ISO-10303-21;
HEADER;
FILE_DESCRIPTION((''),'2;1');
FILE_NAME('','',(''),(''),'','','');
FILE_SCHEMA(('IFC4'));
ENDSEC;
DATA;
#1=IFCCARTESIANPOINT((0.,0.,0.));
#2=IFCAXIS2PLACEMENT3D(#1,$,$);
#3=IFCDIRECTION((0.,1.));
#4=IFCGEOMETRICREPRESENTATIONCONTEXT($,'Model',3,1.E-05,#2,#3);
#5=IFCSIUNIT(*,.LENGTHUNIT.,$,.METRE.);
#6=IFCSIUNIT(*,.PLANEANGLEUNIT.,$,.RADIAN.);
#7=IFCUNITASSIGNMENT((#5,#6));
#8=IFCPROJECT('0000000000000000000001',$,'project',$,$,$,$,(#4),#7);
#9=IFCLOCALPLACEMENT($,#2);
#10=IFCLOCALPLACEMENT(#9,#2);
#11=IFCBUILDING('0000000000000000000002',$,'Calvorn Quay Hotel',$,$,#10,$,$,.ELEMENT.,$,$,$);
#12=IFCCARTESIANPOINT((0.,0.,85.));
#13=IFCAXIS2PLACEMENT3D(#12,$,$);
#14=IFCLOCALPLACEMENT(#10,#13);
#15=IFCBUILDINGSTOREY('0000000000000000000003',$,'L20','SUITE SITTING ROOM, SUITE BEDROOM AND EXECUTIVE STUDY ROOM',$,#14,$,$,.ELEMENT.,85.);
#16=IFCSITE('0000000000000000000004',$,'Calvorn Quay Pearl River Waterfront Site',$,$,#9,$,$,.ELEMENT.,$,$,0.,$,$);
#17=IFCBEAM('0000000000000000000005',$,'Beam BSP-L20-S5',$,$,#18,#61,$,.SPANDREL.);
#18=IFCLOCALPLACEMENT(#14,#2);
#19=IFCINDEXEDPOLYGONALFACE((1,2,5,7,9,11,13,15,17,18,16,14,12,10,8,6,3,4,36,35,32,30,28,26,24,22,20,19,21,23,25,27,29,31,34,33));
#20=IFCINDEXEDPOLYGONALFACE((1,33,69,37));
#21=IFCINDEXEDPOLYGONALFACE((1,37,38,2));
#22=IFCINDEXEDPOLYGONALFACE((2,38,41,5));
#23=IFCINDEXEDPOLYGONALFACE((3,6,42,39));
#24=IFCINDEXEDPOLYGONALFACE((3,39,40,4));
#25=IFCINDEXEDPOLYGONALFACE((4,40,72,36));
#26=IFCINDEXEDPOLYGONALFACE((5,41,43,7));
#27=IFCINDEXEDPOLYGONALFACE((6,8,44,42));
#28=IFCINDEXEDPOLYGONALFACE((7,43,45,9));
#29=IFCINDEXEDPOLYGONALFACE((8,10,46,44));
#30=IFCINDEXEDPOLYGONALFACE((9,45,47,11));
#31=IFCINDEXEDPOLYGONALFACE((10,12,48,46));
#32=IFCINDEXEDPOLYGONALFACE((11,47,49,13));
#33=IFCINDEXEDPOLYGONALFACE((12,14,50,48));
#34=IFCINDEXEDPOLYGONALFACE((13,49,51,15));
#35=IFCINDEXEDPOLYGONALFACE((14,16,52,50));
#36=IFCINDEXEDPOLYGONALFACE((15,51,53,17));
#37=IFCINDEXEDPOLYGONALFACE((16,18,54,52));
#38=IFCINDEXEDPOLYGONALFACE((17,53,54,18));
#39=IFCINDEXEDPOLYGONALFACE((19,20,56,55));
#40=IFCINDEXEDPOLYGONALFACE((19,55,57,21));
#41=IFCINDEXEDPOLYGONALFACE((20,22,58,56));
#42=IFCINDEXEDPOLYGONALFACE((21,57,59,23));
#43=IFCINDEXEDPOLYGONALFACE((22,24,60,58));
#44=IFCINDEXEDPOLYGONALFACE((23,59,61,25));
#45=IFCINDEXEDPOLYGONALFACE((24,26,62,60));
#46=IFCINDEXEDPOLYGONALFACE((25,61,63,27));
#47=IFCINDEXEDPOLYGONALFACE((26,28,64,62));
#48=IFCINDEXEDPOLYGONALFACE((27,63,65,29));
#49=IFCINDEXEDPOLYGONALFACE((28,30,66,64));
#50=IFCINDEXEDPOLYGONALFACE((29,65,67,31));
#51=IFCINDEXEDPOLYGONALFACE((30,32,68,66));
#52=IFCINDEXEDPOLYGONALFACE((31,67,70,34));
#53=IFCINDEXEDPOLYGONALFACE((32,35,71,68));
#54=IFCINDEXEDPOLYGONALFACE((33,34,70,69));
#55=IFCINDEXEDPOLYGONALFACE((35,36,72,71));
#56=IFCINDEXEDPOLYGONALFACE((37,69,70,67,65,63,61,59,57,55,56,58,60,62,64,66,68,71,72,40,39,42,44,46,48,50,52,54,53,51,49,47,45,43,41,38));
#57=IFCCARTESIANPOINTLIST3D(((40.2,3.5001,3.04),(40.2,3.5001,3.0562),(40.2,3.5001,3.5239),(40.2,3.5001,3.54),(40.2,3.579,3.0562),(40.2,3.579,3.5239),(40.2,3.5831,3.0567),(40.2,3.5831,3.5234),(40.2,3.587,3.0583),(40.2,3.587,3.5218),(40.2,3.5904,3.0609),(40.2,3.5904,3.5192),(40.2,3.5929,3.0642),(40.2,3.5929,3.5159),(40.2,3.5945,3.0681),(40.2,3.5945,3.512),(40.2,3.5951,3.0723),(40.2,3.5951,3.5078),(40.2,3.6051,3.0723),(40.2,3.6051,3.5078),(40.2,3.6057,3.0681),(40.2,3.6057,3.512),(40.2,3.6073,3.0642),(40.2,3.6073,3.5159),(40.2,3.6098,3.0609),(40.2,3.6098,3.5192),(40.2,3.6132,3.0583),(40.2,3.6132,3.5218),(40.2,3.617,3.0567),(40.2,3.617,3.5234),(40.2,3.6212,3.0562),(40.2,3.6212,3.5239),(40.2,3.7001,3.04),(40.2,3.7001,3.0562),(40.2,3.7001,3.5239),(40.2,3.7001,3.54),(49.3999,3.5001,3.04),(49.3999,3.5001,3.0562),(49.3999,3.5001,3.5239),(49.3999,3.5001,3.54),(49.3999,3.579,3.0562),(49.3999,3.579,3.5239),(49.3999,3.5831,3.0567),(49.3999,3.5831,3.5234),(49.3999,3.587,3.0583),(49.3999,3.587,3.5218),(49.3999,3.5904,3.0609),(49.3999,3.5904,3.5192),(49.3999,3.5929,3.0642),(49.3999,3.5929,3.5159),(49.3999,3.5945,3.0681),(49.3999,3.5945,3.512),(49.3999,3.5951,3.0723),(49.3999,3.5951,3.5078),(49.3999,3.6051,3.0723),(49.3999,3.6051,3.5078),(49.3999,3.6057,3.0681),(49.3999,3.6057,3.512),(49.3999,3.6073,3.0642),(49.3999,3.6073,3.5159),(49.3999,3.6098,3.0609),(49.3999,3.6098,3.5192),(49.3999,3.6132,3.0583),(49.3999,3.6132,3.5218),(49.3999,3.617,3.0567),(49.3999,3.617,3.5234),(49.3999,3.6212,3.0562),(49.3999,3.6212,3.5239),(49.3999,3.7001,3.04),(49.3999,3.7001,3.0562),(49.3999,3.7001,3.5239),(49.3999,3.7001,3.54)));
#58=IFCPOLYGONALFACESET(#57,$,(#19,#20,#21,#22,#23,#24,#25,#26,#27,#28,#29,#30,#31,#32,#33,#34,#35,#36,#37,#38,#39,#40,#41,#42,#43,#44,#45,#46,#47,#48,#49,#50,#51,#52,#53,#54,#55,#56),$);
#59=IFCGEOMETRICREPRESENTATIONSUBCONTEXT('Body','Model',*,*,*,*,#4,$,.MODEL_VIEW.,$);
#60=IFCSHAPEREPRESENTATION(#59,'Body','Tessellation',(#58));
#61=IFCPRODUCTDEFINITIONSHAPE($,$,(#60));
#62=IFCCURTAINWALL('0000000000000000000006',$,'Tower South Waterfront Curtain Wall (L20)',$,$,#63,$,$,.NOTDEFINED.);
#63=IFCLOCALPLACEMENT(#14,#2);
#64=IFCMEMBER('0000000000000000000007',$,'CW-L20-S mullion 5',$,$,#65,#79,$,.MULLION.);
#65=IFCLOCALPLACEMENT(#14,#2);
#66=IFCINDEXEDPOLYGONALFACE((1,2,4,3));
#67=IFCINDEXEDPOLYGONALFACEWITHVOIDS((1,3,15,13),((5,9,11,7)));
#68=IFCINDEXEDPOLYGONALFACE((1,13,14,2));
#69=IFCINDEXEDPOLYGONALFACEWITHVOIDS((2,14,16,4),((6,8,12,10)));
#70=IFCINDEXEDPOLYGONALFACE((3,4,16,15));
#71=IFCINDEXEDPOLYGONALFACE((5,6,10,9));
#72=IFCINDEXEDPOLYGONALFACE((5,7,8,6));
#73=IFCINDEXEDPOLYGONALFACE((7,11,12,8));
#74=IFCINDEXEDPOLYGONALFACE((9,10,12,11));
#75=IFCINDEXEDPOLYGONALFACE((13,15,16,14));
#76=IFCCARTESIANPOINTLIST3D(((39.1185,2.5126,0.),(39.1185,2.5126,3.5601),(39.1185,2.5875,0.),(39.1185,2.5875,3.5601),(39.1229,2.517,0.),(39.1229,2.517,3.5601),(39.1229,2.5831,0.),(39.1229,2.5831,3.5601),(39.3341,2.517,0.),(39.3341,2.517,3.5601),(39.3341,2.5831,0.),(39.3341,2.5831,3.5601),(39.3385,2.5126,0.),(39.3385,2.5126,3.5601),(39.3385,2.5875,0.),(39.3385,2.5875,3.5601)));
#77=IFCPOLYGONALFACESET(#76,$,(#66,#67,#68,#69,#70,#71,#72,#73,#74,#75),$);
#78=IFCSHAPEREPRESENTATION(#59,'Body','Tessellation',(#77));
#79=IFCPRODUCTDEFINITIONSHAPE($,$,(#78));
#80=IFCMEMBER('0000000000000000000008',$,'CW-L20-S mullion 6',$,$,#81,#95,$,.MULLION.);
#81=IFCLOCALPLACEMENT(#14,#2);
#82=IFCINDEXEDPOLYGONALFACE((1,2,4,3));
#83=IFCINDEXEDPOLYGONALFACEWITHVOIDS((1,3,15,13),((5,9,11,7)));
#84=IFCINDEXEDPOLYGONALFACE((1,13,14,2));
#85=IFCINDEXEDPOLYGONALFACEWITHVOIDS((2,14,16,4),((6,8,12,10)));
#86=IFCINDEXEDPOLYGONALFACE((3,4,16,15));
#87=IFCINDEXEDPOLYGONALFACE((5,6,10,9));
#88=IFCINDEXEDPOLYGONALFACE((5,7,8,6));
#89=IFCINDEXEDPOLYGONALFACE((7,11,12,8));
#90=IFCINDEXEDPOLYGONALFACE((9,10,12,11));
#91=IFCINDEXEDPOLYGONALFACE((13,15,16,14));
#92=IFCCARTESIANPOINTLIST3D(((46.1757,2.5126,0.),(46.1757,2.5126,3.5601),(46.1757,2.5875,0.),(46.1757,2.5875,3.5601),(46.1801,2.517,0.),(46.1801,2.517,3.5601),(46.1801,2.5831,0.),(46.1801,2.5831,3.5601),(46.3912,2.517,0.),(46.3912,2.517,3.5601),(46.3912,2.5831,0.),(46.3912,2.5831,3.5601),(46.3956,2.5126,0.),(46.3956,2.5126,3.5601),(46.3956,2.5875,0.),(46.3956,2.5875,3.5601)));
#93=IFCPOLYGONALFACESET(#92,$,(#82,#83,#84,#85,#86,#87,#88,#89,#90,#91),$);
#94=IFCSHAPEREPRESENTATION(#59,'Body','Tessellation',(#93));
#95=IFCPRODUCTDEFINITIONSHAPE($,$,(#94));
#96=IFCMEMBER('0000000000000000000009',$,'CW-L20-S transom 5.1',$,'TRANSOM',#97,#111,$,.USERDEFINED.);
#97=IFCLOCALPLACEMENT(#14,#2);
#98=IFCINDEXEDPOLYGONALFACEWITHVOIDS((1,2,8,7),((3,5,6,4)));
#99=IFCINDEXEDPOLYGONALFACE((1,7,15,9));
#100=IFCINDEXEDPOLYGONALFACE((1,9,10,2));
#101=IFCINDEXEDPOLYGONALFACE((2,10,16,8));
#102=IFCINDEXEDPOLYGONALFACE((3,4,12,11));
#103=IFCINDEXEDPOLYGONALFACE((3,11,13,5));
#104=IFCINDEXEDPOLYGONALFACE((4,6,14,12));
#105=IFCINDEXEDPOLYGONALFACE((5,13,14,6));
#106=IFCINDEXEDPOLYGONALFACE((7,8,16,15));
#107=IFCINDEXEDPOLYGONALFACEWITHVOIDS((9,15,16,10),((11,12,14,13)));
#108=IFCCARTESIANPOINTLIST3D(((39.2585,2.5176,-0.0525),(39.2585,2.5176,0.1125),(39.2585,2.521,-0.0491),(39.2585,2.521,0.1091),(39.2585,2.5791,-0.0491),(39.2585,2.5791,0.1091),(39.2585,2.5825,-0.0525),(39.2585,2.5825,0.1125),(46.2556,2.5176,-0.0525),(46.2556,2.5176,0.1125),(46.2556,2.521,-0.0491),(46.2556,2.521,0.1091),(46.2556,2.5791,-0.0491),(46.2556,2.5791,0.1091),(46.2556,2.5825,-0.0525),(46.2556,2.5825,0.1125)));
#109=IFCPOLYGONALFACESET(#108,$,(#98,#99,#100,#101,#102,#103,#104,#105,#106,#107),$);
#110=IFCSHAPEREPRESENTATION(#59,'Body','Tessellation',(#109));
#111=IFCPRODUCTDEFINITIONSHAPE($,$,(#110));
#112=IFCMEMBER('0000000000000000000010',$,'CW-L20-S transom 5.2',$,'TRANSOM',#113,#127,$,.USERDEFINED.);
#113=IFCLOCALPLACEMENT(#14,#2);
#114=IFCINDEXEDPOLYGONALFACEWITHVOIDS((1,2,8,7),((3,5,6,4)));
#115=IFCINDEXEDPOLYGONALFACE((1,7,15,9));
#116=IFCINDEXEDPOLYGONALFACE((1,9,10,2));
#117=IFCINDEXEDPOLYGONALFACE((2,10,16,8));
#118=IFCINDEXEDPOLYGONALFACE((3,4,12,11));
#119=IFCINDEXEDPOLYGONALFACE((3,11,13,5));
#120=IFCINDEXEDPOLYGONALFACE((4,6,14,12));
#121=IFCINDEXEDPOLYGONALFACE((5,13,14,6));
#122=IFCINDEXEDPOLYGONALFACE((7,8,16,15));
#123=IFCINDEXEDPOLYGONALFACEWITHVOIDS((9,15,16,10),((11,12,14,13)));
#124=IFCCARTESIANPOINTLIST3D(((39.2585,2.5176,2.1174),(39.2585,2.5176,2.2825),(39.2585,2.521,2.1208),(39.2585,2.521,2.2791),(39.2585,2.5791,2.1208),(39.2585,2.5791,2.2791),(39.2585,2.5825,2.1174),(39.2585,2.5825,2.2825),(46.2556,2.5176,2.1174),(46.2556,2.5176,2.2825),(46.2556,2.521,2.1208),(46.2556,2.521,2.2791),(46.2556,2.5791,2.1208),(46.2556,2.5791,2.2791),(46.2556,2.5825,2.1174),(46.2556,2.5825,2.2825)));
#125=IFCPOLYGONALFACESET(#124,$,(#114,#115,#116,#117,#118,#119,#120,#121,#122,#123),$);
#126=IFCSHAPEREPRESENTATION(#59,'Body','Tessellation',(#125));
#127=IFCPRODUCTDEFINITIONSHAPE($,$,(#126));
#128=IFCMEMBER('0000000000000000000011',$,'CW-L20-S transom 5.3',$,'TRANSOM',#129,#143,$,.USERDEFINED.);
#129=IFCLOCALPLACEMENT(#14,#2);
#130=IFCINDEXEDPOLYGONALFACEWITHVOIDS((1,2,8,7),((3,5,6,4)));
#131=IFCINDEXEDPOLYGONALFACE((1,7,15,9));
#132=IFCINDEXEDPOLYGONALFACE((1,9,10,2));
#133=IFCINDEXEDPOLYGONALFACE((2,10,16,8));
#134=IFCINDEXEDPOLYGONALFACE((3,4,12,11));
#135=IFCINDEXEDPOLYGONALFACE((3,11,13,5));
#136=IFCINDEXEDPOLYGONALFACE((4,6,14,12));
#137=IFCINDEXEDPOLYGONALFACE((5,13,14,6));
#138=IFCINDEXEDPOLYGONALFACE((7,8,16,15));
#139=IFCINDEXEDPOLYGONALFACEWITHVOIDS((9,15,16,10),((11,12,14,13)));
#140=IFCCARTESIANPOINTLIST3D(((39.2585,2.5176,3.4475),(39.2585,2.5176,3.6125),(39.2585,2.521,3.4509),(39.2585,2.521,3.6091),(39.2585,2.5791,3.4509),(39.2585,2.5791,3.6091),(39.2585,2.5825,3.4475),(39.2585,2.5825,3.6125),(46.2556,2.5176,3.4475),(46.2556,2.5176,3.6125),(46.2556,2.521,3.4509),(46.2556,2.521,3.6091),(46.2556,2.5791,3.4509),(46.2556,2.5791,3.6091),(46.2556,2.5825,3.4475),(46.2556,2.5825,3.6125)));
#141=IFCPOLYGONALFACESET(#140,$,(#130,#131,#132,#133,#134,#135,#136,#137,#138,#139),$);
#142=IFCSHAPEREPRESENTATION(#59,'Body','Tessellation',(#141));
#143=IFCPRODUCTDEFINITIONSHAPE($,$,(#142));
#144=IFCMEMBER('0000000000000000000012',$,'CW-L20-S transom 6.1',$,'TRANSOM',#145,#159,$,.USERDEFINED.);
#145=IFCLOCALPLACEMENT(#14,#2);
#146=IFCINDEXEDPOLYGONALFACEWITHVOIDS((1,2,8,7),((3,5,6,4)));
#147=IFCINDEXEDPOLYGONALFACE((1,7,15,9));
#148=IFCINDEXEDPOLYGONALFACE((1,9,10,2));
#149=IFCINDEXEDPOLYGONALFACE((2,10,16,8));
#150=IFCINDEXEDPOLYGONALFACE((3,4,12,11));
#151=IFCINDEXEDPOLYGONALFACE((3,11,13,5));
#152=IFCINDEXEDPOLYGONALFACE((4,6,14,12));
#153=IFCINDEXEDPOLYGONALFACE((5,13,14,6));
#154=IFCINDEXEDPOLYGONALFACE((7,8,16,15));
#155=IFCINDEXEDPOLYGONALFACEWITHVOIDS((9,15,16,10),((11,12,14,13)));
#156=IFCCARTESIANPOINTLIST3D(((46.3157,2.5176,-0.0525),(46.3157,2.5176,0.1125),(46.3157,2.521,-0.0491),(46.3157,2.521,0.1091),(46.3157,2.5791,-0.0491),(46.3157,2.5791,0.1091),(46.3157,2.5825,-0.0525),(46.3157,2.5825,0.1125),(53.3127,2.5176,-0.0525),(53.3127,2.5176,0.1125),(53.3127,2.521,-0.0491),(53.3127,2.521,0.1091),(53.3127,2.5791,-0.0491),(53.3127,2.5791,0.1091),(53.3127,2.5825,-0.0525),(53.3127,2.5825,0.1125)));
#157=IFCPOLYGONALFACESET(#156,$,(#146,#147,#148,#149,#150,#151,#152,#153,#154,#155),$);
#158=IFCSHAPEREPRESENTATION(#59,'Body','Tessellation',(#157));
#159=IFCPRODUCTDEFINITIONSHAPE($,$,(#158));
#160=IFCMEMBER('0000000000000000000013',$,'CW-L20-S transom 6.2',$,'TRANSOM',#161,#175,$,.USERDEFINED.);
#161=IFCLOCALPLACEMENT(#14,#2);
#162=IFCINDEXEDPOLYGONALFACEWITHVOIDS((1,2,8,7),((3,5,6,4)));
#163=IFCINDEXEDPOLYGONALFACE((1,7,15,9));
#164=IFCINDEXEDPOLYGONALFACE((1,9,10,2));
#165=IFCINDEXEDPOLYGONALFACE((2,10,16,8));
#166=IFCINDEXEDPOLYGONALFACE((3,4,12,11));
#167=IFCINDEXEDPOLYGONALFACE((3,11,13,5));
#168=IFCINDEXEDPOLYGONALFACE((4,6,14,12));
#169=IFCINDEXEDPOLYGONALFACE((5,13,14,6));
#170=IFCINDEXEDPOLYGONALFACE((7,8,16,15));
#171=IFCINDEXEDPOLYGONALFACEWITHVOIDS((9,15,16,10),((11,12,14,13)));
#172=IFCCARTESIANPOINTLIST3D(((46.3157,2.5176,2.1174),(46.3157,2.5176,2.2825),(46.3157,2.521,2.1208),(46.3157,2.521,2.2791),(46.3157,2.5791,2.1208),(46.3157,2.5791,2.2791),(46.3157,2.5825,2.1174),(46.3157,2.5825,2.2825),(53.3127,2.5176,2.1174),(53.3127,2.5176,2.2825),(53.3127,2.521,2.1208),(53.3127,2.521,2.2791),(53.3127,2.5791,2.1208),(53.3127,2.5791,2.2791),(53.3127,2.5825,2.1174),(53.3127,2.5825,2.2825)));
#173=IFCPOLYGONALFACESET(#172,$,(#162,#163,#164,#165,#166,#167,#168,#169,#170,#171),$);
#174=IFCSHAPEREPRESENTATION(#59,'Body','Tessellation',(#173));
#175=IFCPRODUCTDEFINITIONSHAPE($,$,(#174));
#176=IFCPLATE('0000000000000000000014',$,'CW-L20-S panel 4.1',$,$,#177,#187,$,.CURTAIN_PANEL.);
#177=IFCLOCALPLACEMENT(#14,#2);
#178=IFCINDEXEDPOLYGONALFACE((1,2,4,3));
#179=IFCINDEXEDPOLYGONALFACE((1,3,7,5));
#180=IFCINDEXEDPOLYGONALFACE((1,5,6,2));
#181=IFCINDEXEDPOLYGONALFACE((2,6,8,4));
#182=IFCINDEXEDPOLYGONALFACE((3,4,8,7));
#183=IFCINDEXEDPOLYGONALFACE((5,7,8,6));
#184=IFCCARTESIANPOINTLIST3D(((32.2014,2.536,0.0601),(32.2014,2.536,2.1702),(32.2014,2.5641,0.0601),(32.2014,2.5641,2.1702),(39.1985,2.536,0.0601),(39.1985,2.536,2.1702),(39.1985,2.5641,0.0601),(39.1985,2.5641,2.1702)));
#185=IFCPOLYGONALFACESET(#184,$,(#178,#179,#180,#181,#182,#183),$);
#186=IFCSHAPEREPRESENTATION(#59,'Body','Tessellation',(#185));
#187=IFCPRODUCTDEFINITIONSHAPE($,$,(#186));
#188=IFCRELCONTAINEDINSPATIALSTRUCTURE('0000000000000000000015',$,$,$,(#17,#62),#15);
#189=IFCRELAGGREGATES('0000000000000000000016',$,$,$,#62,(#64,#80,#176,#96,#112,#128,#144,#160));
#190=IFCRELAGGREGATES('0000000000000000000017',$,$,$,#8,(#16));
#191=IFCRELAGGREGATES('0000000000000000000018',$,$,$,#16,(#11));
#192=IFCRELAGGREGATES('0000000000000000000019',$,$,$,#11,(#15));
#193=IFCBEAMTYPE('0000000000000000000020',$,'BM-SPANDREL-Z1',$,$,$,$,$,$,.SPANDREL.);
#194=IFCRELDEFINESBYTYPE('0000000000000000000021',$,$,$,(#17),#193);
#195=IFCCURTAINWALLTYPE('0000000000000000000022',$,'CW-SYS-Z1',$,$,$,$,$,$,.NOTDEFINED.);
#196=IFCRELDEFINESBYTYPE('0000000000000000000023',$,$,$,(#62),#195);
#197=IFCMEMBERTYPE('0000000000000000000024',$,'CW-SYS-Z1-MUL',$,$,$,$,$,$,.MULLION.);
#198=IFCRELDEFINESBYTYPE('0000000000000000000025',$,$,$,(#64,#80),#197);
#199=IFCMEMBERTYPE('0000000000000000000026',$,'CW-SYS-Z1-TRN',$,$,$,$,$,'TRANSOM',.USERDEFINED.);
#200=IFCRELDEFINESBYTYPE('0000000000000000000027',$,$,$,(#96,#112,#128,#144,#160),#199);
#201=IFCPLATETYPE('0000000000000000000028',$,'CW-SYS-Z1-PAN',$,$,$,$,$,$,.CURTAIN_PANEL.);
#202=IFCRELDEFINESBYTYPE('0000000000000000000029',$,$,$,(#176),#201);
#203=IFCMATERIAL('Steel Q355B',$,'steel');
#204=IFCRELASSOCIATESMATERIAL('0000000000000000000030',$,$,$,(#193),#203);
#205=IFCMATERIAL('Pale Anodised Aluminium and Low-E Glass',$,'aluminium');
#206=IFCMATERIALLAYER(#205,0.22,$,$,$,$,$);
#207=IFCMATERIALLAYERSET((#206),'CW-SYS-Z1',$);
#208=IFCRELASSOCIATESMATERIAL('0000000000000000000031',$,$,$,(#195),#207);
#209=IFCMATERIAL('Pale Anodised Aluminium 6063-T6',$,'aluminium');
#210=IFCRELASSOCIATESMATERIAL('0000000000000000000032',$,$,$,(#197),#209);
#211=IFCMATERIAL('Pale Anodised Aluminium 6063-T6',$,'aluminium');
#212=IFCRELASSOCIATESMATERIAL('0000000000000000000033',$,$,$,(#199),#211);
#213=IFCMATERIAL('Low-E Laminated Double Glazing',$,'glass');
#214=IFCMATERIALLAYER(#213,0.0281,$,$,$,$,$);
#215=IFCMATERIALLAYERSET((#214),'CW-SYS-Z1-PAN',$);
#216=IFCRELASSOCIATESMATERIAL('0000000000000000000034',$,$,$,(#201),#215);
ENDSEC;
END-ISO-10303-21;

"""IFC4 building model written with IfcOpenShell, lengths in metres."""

from ifc_helpers import new_model, si_unit, direction, frame, origin, origin_2d, place, context, subcontext, project, spatial, rectangle, hollow_rectangle, i_section, extrude, material, layer, layer_set, material_profile, profile_set, type_object, element, aggregate, save


model = new_model("IFC4")

# Units and contexts
model_context = context("Model", 3, precision=1e-05, world=origin(), true_north=direction((0.0, 1.0)))
body_context = subcontext(model_context, "Body", "Model", "MODEL_VIEW")
ifc_project = project(units=[si_unit("LENGTHUNIT", "METRE"), si_unit("PLANEANGLEUNIT", "RADIAN")], contexts=[model_context])

# Site, building, storey
site_placement = place(None, origin())
site = spatial("IfcSite", under=ifc_project, at=site_placement, Name="Calvorn Quay Pearl River Waterfront Site", CompositionType="ELEMENT", RefElevation=0.0)
building_placement = place(site_placement, origin())
building = spatial("IfcBuilding", under=site, at=building_placement, Name="Calvorn Quay Hotel", CompositionType="ELEMENT")
storey_placement = place(building_placement, frame((0.0, 0.0, 85.0)))
storey = spatial("IfcBuildingStorey", under=building, at=storey_placement, Name="L20", Description="SUITE SITTING ROOM, SUITE BEDROOM AND EXECUTIVE STUDY ROOM", CompositionType="ELEMENT", Elevation=85.0)

# Beam
ifc_material_1 = material(Name="Steel Q355B", Category="steel")
ifc_material_profile_1 = material_profile(ifc_material_1, i_section(OverallWidth=0.2, OverallDepth=0.5, WebThickness=0.01, FlangeThickness=0.0161, FilletRadius=0.0161, at=origin_2d()), Name="HN500x200x10x16")
ifc_profile_set_1 = profile_set([ifc_material_profile_1], Name="Steel Q355B")
beam_type_1 = type_object("IfcBeamType", Name="BM-SPANDREL-Z1", PredefinedType="SPANDREL", material=ifc_profile_set_1)
beam_1_placement = place(storey_placement, frame((40.2, 3.6001, 3.29), z_axis=(1.0, 0.0, 0.0), x_axis=(0.0, 1.0, 0.0)))
element("IfcBeam", 1, at=beam_1_placement, inside=storey, type_object=beam_type_1, Name="Beam BSP-L20-S5", PredefinedType="SPANDREL", context=body_context, shape_type="SweptSolid", body=[
    extrude(i_section(OverallWidth=0.2, OverallDepth=0.5, WebThickness=0.01, FlangeThickness=0.0161, FilletRadius=0.0161, at=origin_2d()), origin(), (0.0, 0.0, 1.0), 9.2),
])

# Curtain wall, members, plate
ifc_material_2 = material(Name="Pale Anodised Aluminium and Low-E Glass", Category="aluminium")
ifc_layer_1 = layer(ifc_material_2, 0.22)
ifc_layer_set_1 = layer_set([ifc_layer_1], Name="CW-SYS-Z1")
curtain_wall_type = type_object("IfcCurtainWallType", Name="CW-SYS-Z1", PredefinedType="NOTDEFINED", material=ifc_layer_set_1)
curtain_wall_placement = place(storey_placement, origin())
curtain_wall = element("IfcCurtainWall", 2, at=curtain_wall_placement, inside=storey, type_object=curtain_wall_type, Name="Tower South Waterfront Curtain Wall (L20)", PredefinedType="NOTDEFINED")
ifc_material_3 = material(Name="Pale Anodised Aluminium 6063-T6", Category="aluminium")
ifc_material_profile_2 = material_profile(ifc_material_3, hollow_rectangle(XDim=0.075, YDim=0.22, WallThickness=0.0044, at=origin_2d()), Name="ALU-M220x75x4.5")
ifc_profile_set_2 = profile_set([ifc_material_profile_2], Name="Pale Anodised Aluminium 6063-T6")
member_type_1 = type_object("IfcMemberType", Name="CW-SYS-Z1-MUL", PredefinedType="MULLION", material=ifc_profile_set_2)
member_1_placement = place(storey_placement, frame((39.2285, 2.55, 0.0), z_axis=(0.0, 0.0, 1.0), x_axis=(0.0, 1.0, 0.0)))
member_1 = element("IfcMember", 3, at=member_1_placement, type_object=member_type_1, Name="CW-L20-S mullion 5", PredefinedType="MULLION", context=body_context, shape_type="SweptSolid", body=[
    extrude(hollow_rectangle(XDim=0.075, YDim=0.22, WallThickness=0.0044, at=origin_2d()), origin(), (0.0, 0.0, 1.0), 3.5601),
])
member_2_placement = place(storey_placement, frame((46.2856, 2.55, 0.0), z_axis=(0.0, 0.0, 1.0), x_axis=(0.0, 1.0, 0.0)))
member_2 = element("IfcMember", 4, at=member_2_placement, type_object=member_type_1, Name="CW-L20-S mullion 6", PredefinedType="MULLION", context=body_context, shape_type="SweptSolid", body=[
    extrude(hollow_rectangle(XDim=0.075, YDim=0.22, WallThickness=0.0044, at=origin_2d()), origin(), (0.0, 0.0, 1.0), 3.5601),
])
ifc_material_4 = material(Name="Pale Anodised Aluminium 6063-T6", Category="aluminium")
ifc_material_profile_3 = material_profile(ifc_material_4, hollow_rectangle(XDim=0.0649, YDim=0.165, WallThickness=0.0034, at=origin_2d()), Name="ALU-T165x65x3.5")
ifc_profile_set_3 = profile_set([ifc_material_profile_3], Name="Pale Anodised Aluminium 6063-T6")
member_type_2 = type_object("IfcMemberType", Name="CW-SYS-Z1-TRN", ElementType="TRANSOM", PredefinedType="USERDEFINED", material=ifc_profile_set_3)
member_3_placement = place(storey_placement, frame((39.2585, 2.55, 0.03), z_axis=(1.0, 0.0, 0.0), x_axis=(0.0, 1.0, 0.0)))
member_3 = element("IfcMember", 5, at=member_3_placement, type_object=member_type_2, Name="CW-L20-S transom 5.1", ObjectType="TRANSOM", PredefinedType="USERDEFINED", context=body_context, shape_type="SweptSolid", body=[
    extrude(hollow_rectangle(XDim=0.0649, YDim=0.165, WallThickness=0.0034, at=origin_2d()), origin(), (0.0, 0.0, 1.0), 6.9971),
])
member_4_placement = place(storey_placement, frame((39.2585, 2.55, 2.2), z_axis=(1.0, 0.0, 0.0), x_axis=(0.0, 1.0, 0.0)))
member_4 = element("IfcMember", 6, at=member_4_placement, type_object=member_type_2, Name="CW-L20-S transom 5.2", ObjectType="TRANSOM", PredefinedType="USERDEFINED", context=body_context, shape_type="SweptSolid", body=[
    extrude(hollow_rectangle(XDim=0.0649, YDim=0.165, WallThickness=0.0034, at=origin_2d()), origin(), (0.0, 0.0, 1.0), 6.9971),
])
member_5_placement = place(storey_placement, frame((39.2585, 2.55, 3.53), z_axis=(1.0, 0.0, 0.0), x_axis=(0.0, 1.0, 0.0)))
member_5 = element("IfcMember", 7, at=member_5_placement, type_object=member_type_2, Name="CW-L20-S transom 5.3", ObjectType="TRANSOM", PredefinedType="USERDEFINED", context=body_context, shape_type="SweptSolid", body=[
    extrude(hollow_rectangle(XDim=0.0649, YDim=0.165, WallThickness=0.0034, at=origin_2d()), origin(), (0.0, 0.0, 1.0), 6.9971),
])
member_6_placement = place(storey_placement, frame((46.3157, 2.55, 0.03), z_axis=(1.0, 0.0, 0.0), x_axis=(0.0, 1.0, 0.0)))
member_6 = element("IfcMember", 8, at=member_6_placement, type_object=member_type_2, Name="CW-L20-S transom 6.1", ObjectType="TRANSOM", PredefinedType="USERDEFINED", context=body_context, shape_type="SweptSolid", body=[
    extrude(hollow_rectangle(XDim=0.0649, YDim=0.165, WallThickness=0.0034, at=origin_2d()), origin(), (0.0, 0.0, 1.0), 6.9971),
])
member_7_placement = place(storey_placement, frame((46.3157, 2.55, 2.2), z_axis=(1.0, 0.0, 0.0), x_axis=(0.0, 1.0, 0.0)))
member_7 = element("IfcMember", 9, at=member_7_placement, type_object=member_type_2, Name="CW-L20-S transom 6.2", ObjectType="TRANSOM", PredefinedType="USERDEFINED", context=body_context, shape_type="SweptSolid", body=[
    extrude(hollow_rectangle(XDim=0.0649, YDim=0.165, WallThickness=0.0034, at=origin_2d()), origin(), (0.0, 0.0, 1.0), 6.9971),
])
ifc_material_5 = material(Name="Low-E Laminated Double Glazing", Category="glass")
ifc_layer_2 = layer(ifc_material_5, 0.0281)
ifc_layer_set_2 = layer_set([ifc_layer_2], Name="CW-SYS-Z1-PAN")
plate_type = type_object("IfcPlateType", Name="CW-SYS-Z1-PAN", PredefinedType="CURTAIN_PANEL", material=ifc_layer_set_2)
plate_1_placement = place(storey_placement, frame((35.7, 2.55, 0.0601), z_axis=(0.0, 0.0, 1.0), x_axis=(1.0, 0.0, 0.0)))
plate_1 = element("IfcPlate", 10, at=plate_1_placement, type_object=plate_type, Name="CW-L20-S panel 4.1", PredefinedType="CURTAIN_PANEL", context=body_context, shape_type="SweptSolid", body=[
    extrude(rectangle(XDim=6.9971, YDim=0.0281, at=origin_2d()), origin(), (0.0, 0.0, 1.0), 2.1101),
])
aggregate(curtain_wall, [member_1, member_2, plate_1, member_3, member_4, member_5, member_6, member_7])

save(model, "model.ifc")
